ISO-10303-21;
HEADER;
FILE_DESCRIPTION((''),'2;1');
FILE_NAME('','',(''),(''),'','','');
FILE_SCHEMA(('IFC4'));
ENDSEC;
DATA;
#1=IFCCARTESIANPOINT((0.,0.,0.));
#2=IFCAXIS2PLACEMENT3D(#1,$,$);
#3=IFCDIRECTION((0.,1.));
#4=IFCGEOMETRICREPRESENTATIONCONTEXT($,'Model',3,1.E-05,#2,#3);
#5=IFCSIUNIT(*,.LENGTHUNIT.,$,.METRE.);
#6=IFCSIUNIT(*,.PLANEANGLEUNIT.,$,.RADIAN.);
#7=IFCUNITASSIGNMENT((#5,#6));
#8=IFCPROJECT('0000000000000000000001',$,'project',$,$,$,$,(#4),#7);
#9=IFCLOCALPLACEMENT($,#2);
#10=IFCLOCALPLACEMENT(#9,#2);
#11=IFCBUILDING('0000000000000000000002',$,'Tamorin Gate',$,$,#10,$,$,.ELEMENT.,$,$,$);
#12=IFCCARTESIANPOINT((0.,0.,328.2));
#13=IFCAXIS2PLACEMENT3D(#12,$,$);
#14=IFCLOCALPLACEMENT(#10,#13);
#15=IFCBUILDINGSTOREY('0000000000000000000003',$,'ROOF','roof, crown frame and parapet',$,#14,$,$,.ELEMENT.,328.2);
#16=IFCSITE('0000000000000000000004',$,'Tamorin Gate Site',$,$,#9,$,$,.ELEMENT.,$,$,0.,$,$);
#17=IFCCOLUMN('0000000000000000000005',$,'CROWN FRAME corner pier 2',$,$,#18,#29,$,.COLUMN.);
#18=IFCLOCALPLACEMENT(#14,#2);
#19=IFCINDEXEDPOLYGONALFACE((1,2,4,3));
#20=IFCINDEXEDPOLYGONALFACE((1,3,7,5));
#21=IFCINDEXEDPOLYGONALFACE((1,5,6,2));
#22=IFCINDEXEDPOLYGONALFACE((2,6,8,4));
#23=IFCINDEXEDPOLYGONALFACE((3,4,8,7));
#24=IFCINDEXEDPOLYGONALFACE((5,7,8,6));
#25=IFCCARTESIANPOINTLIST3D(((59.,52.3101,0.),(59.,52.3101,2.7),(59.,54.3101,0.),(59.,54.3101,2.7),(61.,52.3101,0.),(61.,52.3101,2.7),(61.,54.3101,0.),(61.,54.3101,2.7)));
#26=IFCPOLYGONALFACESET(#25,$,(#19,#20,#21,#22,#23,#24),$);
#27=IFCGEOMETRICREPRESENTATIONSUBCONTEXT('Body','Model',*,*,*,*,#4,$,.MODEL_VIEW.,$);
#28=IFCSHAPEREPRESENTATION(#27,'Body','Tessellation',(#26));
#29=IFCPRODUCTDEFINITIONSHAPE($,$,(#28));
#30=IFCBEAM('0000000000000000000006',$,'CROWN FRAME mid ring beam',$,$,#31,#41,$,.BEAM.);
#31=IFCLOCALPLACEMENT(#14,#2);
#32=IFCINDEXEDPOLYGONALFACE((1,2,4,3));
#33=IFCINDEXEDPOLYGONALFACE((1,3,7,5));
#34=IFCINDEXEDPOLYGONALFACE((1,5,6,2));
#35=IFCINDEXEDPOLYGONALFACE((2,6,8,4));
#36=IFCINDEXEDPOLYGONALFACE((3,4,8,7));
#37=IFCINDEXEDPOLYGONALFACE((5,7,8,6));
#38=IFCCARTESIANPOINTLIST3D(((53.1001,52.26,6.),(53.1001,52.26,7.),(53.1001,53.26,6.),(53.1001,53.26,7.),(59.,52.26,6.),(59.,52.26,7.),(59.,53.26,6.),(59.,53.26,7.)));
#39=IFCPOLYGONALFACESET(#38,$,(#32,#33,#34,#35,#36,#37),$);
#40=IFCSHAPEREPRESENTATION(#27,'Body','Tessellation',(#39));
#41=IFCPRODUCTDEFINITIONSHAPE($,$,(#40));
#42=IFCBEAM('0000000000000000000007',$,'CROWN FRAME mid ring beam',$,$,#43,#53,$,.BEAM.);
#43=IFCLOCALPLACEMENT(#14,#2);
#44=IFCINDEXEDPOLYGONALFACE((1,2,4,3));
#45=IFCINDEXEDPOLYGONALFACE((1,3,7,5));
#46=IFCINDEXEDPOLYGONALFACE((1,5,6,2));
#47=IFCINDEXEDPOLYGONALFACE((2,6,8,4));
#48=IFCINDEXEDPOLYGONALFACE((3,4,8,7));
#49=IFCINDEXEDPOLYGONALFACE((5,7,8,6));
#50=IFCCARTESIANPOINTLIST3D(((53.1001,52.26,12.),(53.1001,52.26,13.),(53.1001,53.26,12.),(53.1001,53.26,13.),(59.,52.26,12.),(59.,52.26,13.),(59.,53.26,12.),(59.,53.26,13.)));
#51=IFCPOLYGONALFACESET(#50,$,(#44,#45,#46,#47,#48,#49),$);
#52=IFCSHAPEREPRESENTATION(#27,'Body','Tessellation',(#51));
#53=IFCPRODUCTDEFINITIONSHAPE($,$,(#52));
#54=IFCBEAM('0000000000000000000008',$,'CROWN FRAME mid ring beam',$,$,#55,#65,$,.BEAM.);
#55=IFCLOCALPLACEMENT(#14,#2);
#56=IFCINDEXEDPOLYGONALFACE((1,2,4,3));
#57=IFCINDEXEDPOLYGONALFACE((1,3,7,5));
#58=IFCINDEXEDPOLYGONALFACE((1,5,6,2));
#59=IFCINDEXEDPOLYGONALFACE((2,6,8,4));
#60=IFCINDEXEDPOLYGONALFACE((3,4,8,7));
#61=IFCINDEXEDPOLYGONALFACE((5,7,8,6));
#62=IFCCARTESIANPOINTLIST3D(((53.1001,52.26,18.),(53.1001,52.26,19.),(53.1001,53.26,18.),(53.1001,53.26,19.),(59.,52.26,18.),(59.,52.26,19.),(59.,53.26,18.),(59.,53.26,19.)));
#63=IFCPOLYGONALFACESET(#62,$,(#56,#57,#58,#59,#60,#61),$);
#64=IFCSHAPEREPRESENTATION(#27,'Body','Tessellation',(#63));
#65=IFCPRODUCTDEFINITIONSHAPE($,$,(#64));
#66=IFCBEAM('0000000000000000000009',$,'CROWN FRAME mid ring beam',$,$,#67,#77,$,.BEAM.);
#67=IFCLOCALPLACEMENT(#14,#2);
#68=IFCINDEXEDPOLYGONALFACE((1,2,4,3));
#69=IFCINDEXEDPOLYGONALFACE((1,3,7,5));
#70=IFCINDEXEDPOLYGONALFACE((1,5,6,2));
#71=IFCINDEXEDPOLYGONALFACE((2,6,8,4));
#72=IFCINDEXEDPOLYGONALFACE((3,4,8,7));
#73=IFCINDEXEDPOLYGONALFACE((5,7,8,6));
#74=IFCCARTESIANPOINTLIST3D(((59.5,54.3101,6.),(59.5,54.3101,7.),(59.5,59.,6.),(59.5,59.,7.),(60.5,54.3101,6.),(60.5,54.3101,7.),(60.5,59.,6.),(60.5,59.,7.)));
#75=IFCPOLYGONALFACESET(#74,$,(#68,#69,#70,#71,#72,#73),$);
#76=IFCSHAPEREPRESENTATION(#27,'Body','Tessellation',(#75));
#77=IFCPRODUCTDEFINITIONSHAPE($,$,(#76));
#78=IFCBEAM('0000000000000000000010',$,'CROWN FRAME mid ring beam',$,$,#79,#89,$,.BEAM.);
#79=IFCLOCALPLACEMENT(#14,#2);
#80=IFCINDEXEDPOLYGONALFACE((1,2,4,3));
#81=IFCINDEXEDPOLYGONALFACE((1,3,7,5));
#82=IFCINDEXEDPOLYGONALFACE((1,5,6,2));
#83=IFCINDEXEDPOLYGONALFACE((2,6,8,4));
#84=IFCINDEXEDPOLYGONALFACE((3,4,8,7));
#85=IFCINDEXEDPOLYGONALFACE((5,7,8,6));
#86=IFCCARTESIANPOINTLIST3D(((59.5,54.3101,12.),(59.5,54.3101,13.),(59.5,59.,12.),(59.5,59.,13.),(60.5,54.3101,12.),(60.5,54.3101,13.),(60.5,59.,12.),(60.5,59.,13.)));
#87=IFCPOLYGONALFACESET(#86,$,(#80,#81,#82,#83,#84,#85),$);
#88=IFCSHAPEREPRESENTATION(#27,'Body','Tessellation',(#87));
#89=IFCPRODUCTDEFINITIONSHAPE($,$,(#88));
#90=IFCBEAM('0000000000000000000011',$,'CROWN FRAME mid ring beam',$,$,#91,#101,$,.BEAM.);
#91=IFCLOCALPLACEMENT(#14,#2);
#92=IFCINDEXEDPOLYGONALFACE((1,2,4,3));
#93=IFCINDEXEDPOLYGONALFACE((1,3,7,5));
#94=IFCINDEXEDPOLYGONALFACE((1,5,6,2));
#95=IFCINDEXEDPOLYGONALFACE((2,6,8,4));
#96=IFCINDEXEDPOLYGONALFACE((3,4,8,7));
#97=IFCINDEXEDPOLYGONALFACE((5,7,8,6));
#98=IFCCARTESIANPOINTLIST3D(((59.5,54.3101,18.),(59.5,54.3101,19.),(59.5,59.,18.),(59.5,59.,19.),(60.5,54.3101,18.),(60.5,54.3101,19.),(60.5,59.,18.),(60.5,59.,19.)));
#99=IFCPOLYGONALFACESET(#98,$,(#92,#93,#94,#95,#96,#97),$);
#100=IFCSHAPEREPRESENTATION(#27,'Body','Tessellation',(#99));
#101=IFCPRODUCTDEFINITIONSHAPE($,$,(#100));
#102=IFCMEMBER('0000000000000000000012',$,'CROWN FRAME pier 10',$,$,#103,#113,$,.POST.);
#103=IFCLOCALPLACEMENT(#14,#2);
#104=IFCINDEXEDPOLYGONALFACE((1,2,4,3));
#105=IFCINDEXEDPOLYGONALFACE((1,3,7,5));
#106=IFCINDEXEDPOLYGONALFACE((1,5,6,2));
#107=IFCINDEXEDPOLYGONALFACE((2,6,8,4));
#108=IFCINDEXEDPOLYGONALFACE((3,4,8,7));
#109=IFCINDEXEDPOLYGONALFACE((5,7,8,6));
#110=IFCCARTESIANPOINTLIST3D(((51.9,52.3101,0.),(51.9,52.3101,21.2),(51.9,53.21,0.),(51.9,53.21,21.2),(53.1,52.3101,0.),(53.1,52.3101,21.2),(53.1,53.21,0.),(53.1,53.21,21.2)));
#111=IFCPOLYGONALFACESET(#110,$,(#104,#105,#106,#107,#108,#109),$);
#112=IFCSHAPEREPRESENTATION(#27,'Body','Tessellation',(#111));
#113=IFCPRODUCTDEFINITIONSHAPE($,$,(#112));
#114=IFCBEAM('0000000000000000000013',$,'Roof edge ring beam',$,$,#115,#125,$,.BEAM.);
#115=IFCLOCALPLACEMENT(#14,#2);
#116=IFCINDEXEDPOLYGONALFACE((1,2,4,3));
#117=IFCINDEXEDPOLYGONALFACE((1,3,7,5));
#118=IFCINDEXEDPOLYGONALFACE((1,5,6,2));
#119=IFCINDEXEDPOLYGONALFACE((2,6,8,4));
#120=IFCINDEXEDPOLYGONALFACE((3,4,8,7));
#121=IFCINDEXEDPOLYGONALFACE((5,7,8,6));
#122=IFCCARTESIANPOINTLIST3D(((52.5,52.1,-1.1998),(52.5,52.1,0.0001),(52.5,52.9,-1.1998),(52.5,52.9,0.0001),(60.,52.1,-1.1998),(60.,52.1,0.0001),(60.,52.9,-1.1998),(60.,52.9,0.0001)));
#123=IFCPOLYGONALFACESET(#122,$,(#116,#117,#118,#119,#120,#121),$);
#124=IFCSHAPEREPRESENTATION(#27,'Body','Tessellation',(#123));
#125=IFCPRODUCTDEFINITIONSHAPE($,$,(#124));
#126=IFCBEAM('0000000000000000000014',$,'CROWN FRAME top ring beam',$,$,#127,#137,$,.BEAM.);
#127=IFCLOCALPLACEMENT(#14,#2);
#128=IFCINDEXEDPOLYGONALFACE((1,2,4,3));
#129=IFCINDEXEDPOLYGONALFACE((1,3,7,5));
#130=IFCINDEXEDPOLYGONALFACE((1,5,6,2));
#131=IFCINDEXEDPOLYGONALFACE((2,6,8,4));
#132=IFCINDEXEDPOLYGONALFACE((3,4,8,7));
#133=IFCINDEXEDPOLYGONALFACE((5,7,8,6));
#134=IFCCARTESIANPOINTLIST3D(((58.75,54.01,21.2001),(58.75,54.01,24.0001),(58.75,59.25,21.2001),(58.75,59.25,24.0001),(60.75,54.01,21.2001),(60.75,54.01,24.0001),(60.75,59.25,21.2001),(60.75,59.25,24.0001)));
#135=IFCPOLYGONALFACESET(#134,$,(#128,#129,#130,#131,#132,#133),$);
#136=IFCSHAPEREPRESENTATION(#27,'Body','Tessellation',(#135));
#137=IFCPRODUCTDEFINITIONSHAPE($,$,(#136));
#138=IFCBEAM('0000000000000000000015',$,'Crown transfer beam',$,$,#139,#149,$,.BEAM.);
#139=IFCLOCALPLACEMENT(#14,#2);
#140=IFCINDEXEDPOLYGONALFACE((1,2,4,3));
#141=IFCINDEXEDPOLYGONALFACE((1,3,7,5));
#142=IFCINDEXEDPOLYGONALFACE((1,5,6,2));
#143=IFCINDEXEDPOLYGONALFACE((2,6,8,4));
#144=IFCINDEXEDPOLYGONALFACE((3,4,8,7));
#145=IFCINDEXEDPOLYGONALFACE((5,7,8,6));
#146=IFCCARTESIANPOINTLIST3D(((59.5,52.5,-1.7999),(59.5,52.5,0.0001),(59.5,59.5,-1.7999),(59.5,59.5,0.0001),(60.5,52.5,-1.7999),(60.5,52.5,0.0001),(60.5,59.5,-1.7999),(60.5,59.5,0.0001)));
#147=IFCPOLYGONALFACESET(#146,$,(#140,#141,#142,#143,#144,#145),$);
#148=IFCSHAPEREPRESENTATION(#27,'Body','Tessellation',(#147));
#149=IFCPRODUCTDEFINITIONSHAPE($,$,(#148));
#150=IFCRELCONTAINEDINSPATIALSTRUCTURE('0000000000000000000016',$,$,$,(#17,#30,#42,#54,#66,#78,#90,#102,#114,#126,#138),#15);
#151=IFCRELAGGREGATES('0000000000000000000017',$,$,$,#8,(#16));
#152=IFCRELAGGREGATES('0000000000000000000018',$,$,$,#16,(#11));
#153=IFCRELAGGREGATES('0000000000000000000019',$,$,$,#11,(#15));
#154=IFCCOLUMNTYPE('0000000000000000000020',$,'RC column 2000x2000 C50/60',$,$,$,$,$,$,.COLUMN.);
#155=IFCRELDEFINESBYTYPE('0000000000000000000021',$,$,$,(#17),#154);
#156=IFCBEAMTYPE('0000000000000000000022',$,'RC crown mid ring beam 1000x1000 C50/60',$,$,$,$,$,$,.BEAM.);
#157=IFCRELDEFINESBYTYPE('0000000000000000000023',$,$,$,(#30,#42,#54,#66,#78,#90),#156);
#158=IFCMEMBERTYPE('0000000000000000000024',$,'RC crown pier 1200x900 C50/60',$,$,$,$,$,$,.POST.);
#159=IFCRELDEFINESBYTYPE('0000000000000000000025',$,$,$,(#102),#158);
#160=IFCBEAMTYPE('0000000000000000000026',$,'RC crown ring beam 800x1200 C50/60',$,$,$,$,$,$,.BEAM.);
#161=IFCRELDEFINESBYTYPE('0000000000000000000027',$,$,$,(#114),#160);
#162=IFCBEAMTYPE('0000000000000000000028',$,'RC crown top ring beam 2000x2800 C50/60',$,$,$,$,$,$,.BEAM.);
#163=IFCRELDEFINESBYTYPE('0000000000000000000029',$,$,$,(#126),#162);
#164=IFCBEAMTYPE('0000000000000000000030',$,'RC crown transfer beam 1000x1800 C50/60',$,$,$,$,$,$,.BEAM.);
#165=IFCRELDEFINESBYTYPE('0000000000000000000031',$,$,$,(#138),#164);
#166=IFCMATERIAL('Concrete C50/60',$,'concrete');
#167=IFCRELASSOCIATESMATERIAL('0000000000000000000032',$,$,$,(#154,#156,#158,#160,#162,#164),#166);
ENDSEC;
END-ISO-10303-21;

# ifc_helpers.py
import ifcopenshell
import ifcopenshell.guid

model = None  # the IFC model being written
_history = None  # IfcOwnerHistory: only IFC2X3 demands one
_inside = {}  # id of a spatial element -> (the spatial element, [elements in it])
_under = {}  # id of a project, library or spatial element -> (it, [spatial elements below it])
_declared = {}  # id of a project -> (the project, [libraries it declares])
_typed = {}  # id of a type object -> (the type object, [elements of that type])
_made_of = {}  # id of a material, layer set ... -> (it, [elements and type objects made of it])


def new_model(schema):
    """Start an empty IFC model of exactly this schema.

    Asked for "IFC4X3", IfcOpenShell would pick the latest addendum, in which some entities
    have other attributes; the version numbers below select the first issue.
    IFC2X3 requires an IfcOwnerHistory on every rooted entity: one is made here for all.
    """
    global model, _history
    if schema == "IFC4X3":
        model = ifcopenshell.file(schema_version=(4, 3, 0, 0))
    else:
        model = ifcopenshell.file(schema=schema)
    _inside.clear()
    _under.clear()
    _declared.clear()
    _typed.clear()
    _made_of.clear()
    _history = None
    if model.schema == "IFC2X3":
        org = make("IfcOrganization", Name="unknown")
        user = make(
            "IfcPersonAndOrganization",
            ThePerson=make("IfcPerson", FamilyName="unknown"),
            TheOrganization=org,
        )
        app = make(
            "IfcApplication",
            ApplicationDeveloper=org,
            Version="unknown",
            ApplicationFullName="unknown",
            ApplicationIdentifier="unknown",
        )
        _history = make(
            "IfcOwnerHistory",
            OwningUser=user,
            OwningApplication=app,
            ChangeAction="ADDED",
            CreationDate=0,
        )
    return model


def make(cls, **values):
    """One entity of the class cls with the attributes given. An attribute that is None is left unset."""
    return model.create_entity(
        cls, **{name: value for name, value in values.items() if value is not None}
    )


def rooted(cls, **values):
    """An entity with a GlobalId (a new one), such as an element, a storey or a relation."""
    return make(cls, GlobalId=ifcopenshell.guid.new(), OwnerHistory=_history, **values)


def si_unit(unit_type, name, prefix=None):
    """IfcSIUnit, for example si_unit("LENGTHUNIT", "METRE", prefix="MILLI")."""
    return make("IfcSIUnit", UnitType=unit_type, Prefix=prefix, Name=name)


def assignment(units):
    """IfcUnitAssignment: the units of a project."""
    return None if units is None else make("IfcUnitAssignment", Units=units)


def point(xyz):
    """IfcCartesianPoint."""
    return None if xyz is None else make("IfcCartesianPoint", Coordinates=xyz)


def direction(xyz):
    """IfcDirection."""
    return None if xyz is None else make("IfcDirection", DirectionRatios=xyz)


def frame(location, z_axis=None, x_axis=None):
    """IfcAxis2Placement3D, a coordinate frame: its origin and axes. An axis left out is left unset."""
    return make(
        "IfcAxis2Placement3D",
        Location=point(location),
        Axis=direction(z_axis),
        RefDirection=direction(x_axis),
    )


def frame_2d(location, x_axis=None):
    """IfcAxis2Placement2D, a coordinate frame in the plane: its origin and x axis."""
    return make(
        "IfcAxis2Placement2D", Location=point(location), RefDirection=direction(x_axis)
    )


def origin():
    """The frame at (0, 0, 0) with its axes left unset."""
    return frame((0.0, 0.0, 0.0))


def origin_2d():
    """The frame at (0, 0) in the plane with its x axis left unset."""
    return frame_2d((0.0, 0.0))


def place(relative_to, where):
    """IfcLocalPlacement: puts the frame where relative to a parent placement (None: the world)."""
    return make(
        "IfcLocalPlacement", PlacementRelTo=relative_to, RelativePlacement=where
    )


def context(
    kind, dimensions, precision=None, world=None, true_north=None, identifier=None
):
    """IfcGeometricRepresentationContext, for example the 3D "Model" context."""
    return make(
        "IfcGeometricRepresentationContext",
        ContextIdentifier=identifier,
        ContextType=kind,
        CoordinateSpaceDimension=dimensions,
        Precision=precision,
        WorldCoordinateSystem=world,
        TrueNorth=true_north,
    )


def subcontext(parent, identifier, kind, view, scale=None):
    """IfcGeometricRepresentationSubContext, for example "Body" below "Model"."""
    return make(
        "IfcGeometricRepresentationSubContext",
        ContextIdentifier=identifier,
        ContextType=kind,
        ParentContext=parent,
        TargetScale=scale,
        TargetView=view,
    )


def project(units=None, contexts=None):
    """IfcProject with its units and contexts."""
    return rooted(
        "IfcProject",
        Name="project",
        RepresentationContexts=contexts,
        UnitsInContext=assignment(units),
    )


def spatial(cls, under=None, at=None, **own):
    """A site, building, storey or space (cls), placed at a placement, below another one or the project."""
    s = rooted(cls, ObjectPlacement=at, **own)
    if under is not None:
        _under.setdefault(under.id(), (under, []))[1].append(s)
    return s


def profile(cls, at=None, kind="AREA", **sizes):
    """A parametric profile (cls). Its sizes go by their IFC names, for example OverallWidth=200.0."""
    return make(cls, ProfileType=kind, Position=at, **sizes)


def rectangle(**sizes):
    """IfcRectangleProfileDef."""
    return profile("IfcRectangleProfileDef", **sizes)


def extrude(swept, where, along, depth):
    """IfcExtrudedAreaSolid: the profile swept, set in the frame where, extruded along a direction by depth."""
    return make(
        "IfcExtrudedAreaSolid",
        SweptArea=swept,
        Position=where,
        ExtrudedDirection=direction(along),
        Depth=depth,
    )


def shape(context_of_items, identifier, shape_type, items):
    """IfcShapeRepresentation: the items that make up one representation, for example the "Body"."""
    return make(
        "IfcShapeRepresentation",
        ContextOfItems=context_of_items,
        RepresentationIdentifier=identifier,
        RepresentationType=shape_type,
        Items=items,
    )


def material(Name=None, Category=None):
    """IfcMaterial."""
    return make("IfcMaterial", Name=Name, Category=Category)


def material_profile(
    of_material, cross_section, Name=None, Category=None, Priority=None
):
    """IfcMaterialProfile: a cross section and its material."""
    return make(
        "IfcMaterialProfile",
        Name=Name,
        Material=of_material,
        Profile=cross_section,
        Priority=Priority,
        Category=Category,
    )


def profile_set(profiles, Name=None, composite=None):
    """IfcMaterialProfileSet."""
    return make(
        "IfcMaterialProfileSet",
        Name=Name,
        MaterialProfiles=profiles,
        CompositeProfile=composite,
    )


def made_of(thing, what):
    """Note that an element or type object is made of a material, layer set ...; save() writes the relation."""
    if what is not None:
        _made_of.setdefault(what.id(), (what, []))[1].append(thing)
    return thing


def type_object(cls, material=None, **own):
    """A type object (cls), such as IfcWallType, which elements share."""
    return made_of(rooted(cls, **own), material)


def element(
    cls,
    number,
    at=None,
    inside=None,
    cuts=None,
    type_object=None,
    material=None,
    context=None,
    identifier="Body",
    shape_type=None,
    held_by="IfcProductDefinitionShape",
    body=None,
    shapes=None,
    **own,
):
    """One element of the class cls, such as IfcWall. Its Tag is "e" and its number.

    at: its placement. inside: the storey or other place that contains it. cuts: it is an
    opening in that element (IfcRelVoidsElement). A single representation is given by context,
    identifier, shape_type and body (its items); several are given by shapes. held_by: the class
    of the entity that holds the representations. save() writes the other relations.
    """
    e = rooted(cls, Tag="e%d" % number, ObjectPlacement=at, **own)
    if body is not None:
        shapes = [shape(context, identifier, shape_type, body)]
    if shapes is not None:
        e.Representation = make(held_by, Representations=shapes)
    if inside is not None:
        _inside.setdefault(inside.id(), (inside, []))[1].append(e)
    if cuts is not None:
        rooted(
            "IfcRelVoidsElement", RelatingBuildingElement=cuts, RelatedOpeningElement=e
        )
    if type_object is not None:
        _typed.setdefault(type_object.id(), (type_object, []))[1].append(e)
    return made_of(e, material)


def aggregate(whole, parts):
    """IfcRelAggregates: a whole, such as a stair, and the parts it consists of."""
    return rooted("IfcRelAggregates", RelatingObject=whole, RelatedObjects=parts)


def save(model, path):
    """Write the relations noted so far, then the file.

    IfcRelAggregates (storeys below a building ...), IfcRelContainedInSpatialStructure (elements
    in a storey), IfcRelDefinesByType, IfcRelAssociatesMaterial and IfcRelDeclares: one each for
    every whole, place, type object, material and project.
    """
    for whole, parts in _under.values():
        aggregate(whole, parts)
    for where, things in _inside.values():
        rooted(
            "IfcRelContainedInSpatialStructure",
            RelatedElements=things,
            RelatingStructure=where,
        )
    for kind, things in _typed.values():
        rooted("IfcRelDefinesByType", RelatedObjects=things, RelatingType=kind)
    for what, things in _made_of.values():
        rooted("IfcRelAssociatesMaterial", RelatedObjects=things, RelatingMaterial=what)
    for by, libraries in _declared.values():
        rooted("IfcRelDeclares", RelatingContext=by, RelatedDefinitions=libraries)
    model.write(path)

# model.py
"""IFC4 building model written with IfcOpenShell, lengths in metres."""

from ifc_helpers import new_model, si_unit, direction, frame, origin, origin_2d, place, context, subcontext, project, spatial, rectangle, extrude, material, material_profile, profile_set, type_object, element, save


model = new_model("IFC4")

# Units and contexts
model_context = context("Model", 3, precision=1e-05, world=origin(), true_north=direction((0.0, 1.0)))
body_context = subcontext(model_context, "Body", "Model", "MODEL_VIEW")
ifc_project = project(units=[si_unit("LENGTHUNIT", "METRE"), si_unit("PLANEANGLEUNIT", "RADIAN")], contexts=[model_context])

# Site, building, storey
site_placement = place(None, origin())
site = spatial("IfcSite", under=ifc_project, at=site_placement, Name="Tamorin Gate Site", CompositionType="ELEMENT", RefElevation=0.0)
building_placement = place(site_placement, origin())
building = spatial("IfcBuilding", under=site, at=building_placement, Name="Tamorin Gate", CompositionType="ELEMENT")
storey_placement = place(building_placement, frame((0.0, 0.0, 328.2)))
storey = spatial("IfcBuildingStorey", under=building, at=storey_placement, Name="ROOF", Description="roof, crown frame and parapet", CompositionType="ELEMENT", Elevation=328.2)

# Column
ifc_material_1 = material(Name="Concrete C50/60", Category="concrete")
ifc_material_profile_1 = material_profile(ifc_material_1, rectangle(XDim=2.0, YDim=2.0, at=origin_2d()), Name="RC 2000x2000")
ifc_profile_set_1 = profile_set([ifc_material_profile_1], Name="Concrete C50/60")
column_type = type_object("IfcColumnType", Name="RC column 2000x2000 C50/60", PredefinedType="COLUMN", material=ifc_profile_set_1)
column_placement = place(storey_placement, frame((60.0, 53.3101, 0.0), z_axis=(0.0, 0.0, 1.0), x_axis=(1.0, 0.0, 0.0)))
element("IfcColumn", 1, at=column_placement, inside=storey, type_object=column_type, Name="CROWN FRAME corner pier 2", PredefinedType="COLUMN", context=body_context, shape_type="SweptSolid", body=[
    extrude(rectangle(XDim=2.0, YDim=2.0, at=origin_2d()), origin(), (0.0, 0.0, 1.0), 2.7),
])

# Beams
ifc_material_profile_2 = material_profile(ifc_material_1, rectangle(XDim=1.0, YDim=1.0, at=origin_2d()), Name="RC 1000x1000")
ifc_profile_set_2 = profile_set([ifc_material_profile_2], Name="Concrete C50/60")
beam_type_1 = type_object("IfcBeamType", Name="RC crown mid ring beam 1000x1000 C50/60", PredefinedType="BEAM", material=ifc_profile_set_2)
for number, where, z_axis, x_axis, name in (
    (2, (53.1001, 52.76, 6.5), (1.0, 0.0, 0.0), (0.0, 1.0, 0.0), "CROWN FRAME mid ring beam"),
    (3, (53.1001, 52.76, 12.5), (1.0, 0.0, 0.0), (0.0, 1.0, 0.0), "CROWN FRAME mid ring beam"),
    (4, (53.1001, 52.76, 18.5), (1.0, 0.0, 0.0), (0.0, 1.0, 0.0), "CROWN FRAME mid ring beam"),
):
    element("IfcBeam", number, at=place(storey_placement, frame(where, z_axis=z_axis, x_axis=x_axis)), inside=storey, type_object=beam_type_1, Name=name, PredefinedType="BEAM", context=body_context, shape_type="SweptSolid", body=[
        extrude(rectangle(XDim=1.0, YDim=1.0, at=origin_2d()), origin(), (0.0, 0.0, 1.0), 5.8999),
    ])
for number, where, z_axis, x_axis, name in (
    (5, (60.0, 54.3101, 6.5), (0.0, 1.0, 0.0), (-1.0, 0.0, 0.0), "CROWN FRAME mid ring beam"),
    (6, (60.0, 54.3101, 12.5), (0.0, 1.0, 0.0), (-1.0, 0.0, 0.0), "CROWN FRAME mid ring beam"),
    (7, (60.0, 54.3101, 18.5), (0.0, 1.0, 0.0), (-1.0, 0.0, 0.0), "CROWN FRAME mid ring beam"),
):
    element("IfcBeam", number, at=place(storey_placement, frame(where, z_axis=z_axis, x_axis=x_axis)), inside=storey, type_object=beam_type_1, Name=name, PredefinedType="BEAM", context=body_context, shape_type="SweptSolid", body=[
        extrude(rectangle(XDim=1.0, YDim=1.0, at=origin_2d()), origin(), (0.0, 0.0, 1.0), 4.6899),
    ])

# Member
ifc_material_profile_3 = material_profile(ifc_material_1, rectangle(XDim=1.2, YDim=0.8999, at=origin_2d()), Name="RC 1200x900")
ifc_profile_set_3 = profile_set([ifc_material_profile_3], Name="Concrete C50/60")
member_type_1 = type_object("IfcMemberType", Name="RC crown pier 1200x900 C50/60", PredefinedType="POST", material=ifc_profile_set_3)
member_1_placement = place(storey_placement, frame((52.5, 52.76, 0.0), z_axis=(0.0, 0.0, 1.0), x_axis=(1.0, 0.0, 0.0)))
element("IfcMember", 8, at=member_1_placement, inside=storey, type_object=member_type_1, Name="CROWN FRAME pier 10", PredefinedType="POST", context=body_context, shape_type="SweptSolid", body=[
    extrude(rectangle(XDim=1.2, YDim=0.8999, at=origin_2d()), origin(), (0.0, 0.0, 1.0), 21.2),
])

# Beams
ifc_material_profile_4 = material_profile(ifc_material_1, rectangle(XDim=0.8, YDim=1.2, at=origin_2d()), Name="RC 800x1200")
ifc_profile_set_4 = profile_set([ifc_material_profile_4], Name="Concrete C50/60")
beam_type_2 = type_object("IfcBeamType", Name="RC crown ring beam 800x1200 C50/60", PredefinedType="BEAM", material=ifc_profile_set_4)
beam_1_placement = place(storey_placement, frame((52.5, 52.5, -0.5999), z_axis=(1.0, 0.0, 0.0), x_axis=(0.0, 1.0, 0.0)))
element("IfcBeam", 9, at=beam_1_placement, inside=storey, type_object=beam_type_2, Name="Roof edge ring beam", PredefinedType="BEAM", context=body_context, shape_type="SweptSolid", body=[
    extrude(rectangle(XDim=0.8, YDim=1.2, at=origin_2d()), origin(), (0.0, 0.0, 1.0), 7.5),
])
ifc_material_profile_5 = material_profile(ifc_material_1, rectangle(XDim=2.0, YDim=2.8, at=origin_2d()), Name="RC 2000x2800")
ifc_profile_set_5 = profile_set([ifc_material_profile_5], Name="Concrete C50/60")
beam_type_3 = type_object("IfcBeamType", Name="RC crown top ring beam 2000x2800 C50/60", PredefinedType="BEAM", material=ifc_profile_set_5)
beam_2_placement = place(storey_placement, frame((59.75, 54.01, 22.6001), z_axis=(0.0, 1.0, 0.0), x_axis=(-1.0, 0.0, 0.0)))
element("IfcBeam", 10, at=beam_2_placement, inside=storey, type_object=beam_type_3, Name="CROWN FRAME top ring beam", PredefinedType="BEAM", context=body_context, shape_type="SweptSolid", body=[
    extrude(rectangle(XDim=2.0, YDim=2.8, at=origin_2d()), origin(), (0.0, 0.0, 1.0), 5.24),
])
ifc_material_profile_6 = material_profile(ifc_material_1, rectangle(XDim=1.0, YDim=1.8, at=origin_2d()), Name="RC 1000x1800")
ifc_profile_set_6 = profile_set([ifc_material_profile_6], Name="Concrete C50/60")
beam_type_4 = type_object("IfcBeamType", Name="RC crown transfer beam 1000x1800 C50/60", PredefinedType="BEAM", material=ifc_profile_set_6)
beam_3_placement = place(storey_placement, frame((60.0, 52.5, -0.8999), z_axis=(0.0, 1.0, 0.0), x_axis=(-1.0, 0.0, 0.0)))
element("IfcBeam", 11, at=beam_3_placement, inside=storey, type_object=beam_type_4, Name="Crown transfer beam", PredefinedType="BEAM", context=body_context, shape_type="SweptSolid", body=[
    extrude(rectangle(XDim=1.0, YDim=1.8, at=origin_2d()), origin(), (0.0, 0.0, 1.0), 7.0),
])

save(model, "model.ifc")
